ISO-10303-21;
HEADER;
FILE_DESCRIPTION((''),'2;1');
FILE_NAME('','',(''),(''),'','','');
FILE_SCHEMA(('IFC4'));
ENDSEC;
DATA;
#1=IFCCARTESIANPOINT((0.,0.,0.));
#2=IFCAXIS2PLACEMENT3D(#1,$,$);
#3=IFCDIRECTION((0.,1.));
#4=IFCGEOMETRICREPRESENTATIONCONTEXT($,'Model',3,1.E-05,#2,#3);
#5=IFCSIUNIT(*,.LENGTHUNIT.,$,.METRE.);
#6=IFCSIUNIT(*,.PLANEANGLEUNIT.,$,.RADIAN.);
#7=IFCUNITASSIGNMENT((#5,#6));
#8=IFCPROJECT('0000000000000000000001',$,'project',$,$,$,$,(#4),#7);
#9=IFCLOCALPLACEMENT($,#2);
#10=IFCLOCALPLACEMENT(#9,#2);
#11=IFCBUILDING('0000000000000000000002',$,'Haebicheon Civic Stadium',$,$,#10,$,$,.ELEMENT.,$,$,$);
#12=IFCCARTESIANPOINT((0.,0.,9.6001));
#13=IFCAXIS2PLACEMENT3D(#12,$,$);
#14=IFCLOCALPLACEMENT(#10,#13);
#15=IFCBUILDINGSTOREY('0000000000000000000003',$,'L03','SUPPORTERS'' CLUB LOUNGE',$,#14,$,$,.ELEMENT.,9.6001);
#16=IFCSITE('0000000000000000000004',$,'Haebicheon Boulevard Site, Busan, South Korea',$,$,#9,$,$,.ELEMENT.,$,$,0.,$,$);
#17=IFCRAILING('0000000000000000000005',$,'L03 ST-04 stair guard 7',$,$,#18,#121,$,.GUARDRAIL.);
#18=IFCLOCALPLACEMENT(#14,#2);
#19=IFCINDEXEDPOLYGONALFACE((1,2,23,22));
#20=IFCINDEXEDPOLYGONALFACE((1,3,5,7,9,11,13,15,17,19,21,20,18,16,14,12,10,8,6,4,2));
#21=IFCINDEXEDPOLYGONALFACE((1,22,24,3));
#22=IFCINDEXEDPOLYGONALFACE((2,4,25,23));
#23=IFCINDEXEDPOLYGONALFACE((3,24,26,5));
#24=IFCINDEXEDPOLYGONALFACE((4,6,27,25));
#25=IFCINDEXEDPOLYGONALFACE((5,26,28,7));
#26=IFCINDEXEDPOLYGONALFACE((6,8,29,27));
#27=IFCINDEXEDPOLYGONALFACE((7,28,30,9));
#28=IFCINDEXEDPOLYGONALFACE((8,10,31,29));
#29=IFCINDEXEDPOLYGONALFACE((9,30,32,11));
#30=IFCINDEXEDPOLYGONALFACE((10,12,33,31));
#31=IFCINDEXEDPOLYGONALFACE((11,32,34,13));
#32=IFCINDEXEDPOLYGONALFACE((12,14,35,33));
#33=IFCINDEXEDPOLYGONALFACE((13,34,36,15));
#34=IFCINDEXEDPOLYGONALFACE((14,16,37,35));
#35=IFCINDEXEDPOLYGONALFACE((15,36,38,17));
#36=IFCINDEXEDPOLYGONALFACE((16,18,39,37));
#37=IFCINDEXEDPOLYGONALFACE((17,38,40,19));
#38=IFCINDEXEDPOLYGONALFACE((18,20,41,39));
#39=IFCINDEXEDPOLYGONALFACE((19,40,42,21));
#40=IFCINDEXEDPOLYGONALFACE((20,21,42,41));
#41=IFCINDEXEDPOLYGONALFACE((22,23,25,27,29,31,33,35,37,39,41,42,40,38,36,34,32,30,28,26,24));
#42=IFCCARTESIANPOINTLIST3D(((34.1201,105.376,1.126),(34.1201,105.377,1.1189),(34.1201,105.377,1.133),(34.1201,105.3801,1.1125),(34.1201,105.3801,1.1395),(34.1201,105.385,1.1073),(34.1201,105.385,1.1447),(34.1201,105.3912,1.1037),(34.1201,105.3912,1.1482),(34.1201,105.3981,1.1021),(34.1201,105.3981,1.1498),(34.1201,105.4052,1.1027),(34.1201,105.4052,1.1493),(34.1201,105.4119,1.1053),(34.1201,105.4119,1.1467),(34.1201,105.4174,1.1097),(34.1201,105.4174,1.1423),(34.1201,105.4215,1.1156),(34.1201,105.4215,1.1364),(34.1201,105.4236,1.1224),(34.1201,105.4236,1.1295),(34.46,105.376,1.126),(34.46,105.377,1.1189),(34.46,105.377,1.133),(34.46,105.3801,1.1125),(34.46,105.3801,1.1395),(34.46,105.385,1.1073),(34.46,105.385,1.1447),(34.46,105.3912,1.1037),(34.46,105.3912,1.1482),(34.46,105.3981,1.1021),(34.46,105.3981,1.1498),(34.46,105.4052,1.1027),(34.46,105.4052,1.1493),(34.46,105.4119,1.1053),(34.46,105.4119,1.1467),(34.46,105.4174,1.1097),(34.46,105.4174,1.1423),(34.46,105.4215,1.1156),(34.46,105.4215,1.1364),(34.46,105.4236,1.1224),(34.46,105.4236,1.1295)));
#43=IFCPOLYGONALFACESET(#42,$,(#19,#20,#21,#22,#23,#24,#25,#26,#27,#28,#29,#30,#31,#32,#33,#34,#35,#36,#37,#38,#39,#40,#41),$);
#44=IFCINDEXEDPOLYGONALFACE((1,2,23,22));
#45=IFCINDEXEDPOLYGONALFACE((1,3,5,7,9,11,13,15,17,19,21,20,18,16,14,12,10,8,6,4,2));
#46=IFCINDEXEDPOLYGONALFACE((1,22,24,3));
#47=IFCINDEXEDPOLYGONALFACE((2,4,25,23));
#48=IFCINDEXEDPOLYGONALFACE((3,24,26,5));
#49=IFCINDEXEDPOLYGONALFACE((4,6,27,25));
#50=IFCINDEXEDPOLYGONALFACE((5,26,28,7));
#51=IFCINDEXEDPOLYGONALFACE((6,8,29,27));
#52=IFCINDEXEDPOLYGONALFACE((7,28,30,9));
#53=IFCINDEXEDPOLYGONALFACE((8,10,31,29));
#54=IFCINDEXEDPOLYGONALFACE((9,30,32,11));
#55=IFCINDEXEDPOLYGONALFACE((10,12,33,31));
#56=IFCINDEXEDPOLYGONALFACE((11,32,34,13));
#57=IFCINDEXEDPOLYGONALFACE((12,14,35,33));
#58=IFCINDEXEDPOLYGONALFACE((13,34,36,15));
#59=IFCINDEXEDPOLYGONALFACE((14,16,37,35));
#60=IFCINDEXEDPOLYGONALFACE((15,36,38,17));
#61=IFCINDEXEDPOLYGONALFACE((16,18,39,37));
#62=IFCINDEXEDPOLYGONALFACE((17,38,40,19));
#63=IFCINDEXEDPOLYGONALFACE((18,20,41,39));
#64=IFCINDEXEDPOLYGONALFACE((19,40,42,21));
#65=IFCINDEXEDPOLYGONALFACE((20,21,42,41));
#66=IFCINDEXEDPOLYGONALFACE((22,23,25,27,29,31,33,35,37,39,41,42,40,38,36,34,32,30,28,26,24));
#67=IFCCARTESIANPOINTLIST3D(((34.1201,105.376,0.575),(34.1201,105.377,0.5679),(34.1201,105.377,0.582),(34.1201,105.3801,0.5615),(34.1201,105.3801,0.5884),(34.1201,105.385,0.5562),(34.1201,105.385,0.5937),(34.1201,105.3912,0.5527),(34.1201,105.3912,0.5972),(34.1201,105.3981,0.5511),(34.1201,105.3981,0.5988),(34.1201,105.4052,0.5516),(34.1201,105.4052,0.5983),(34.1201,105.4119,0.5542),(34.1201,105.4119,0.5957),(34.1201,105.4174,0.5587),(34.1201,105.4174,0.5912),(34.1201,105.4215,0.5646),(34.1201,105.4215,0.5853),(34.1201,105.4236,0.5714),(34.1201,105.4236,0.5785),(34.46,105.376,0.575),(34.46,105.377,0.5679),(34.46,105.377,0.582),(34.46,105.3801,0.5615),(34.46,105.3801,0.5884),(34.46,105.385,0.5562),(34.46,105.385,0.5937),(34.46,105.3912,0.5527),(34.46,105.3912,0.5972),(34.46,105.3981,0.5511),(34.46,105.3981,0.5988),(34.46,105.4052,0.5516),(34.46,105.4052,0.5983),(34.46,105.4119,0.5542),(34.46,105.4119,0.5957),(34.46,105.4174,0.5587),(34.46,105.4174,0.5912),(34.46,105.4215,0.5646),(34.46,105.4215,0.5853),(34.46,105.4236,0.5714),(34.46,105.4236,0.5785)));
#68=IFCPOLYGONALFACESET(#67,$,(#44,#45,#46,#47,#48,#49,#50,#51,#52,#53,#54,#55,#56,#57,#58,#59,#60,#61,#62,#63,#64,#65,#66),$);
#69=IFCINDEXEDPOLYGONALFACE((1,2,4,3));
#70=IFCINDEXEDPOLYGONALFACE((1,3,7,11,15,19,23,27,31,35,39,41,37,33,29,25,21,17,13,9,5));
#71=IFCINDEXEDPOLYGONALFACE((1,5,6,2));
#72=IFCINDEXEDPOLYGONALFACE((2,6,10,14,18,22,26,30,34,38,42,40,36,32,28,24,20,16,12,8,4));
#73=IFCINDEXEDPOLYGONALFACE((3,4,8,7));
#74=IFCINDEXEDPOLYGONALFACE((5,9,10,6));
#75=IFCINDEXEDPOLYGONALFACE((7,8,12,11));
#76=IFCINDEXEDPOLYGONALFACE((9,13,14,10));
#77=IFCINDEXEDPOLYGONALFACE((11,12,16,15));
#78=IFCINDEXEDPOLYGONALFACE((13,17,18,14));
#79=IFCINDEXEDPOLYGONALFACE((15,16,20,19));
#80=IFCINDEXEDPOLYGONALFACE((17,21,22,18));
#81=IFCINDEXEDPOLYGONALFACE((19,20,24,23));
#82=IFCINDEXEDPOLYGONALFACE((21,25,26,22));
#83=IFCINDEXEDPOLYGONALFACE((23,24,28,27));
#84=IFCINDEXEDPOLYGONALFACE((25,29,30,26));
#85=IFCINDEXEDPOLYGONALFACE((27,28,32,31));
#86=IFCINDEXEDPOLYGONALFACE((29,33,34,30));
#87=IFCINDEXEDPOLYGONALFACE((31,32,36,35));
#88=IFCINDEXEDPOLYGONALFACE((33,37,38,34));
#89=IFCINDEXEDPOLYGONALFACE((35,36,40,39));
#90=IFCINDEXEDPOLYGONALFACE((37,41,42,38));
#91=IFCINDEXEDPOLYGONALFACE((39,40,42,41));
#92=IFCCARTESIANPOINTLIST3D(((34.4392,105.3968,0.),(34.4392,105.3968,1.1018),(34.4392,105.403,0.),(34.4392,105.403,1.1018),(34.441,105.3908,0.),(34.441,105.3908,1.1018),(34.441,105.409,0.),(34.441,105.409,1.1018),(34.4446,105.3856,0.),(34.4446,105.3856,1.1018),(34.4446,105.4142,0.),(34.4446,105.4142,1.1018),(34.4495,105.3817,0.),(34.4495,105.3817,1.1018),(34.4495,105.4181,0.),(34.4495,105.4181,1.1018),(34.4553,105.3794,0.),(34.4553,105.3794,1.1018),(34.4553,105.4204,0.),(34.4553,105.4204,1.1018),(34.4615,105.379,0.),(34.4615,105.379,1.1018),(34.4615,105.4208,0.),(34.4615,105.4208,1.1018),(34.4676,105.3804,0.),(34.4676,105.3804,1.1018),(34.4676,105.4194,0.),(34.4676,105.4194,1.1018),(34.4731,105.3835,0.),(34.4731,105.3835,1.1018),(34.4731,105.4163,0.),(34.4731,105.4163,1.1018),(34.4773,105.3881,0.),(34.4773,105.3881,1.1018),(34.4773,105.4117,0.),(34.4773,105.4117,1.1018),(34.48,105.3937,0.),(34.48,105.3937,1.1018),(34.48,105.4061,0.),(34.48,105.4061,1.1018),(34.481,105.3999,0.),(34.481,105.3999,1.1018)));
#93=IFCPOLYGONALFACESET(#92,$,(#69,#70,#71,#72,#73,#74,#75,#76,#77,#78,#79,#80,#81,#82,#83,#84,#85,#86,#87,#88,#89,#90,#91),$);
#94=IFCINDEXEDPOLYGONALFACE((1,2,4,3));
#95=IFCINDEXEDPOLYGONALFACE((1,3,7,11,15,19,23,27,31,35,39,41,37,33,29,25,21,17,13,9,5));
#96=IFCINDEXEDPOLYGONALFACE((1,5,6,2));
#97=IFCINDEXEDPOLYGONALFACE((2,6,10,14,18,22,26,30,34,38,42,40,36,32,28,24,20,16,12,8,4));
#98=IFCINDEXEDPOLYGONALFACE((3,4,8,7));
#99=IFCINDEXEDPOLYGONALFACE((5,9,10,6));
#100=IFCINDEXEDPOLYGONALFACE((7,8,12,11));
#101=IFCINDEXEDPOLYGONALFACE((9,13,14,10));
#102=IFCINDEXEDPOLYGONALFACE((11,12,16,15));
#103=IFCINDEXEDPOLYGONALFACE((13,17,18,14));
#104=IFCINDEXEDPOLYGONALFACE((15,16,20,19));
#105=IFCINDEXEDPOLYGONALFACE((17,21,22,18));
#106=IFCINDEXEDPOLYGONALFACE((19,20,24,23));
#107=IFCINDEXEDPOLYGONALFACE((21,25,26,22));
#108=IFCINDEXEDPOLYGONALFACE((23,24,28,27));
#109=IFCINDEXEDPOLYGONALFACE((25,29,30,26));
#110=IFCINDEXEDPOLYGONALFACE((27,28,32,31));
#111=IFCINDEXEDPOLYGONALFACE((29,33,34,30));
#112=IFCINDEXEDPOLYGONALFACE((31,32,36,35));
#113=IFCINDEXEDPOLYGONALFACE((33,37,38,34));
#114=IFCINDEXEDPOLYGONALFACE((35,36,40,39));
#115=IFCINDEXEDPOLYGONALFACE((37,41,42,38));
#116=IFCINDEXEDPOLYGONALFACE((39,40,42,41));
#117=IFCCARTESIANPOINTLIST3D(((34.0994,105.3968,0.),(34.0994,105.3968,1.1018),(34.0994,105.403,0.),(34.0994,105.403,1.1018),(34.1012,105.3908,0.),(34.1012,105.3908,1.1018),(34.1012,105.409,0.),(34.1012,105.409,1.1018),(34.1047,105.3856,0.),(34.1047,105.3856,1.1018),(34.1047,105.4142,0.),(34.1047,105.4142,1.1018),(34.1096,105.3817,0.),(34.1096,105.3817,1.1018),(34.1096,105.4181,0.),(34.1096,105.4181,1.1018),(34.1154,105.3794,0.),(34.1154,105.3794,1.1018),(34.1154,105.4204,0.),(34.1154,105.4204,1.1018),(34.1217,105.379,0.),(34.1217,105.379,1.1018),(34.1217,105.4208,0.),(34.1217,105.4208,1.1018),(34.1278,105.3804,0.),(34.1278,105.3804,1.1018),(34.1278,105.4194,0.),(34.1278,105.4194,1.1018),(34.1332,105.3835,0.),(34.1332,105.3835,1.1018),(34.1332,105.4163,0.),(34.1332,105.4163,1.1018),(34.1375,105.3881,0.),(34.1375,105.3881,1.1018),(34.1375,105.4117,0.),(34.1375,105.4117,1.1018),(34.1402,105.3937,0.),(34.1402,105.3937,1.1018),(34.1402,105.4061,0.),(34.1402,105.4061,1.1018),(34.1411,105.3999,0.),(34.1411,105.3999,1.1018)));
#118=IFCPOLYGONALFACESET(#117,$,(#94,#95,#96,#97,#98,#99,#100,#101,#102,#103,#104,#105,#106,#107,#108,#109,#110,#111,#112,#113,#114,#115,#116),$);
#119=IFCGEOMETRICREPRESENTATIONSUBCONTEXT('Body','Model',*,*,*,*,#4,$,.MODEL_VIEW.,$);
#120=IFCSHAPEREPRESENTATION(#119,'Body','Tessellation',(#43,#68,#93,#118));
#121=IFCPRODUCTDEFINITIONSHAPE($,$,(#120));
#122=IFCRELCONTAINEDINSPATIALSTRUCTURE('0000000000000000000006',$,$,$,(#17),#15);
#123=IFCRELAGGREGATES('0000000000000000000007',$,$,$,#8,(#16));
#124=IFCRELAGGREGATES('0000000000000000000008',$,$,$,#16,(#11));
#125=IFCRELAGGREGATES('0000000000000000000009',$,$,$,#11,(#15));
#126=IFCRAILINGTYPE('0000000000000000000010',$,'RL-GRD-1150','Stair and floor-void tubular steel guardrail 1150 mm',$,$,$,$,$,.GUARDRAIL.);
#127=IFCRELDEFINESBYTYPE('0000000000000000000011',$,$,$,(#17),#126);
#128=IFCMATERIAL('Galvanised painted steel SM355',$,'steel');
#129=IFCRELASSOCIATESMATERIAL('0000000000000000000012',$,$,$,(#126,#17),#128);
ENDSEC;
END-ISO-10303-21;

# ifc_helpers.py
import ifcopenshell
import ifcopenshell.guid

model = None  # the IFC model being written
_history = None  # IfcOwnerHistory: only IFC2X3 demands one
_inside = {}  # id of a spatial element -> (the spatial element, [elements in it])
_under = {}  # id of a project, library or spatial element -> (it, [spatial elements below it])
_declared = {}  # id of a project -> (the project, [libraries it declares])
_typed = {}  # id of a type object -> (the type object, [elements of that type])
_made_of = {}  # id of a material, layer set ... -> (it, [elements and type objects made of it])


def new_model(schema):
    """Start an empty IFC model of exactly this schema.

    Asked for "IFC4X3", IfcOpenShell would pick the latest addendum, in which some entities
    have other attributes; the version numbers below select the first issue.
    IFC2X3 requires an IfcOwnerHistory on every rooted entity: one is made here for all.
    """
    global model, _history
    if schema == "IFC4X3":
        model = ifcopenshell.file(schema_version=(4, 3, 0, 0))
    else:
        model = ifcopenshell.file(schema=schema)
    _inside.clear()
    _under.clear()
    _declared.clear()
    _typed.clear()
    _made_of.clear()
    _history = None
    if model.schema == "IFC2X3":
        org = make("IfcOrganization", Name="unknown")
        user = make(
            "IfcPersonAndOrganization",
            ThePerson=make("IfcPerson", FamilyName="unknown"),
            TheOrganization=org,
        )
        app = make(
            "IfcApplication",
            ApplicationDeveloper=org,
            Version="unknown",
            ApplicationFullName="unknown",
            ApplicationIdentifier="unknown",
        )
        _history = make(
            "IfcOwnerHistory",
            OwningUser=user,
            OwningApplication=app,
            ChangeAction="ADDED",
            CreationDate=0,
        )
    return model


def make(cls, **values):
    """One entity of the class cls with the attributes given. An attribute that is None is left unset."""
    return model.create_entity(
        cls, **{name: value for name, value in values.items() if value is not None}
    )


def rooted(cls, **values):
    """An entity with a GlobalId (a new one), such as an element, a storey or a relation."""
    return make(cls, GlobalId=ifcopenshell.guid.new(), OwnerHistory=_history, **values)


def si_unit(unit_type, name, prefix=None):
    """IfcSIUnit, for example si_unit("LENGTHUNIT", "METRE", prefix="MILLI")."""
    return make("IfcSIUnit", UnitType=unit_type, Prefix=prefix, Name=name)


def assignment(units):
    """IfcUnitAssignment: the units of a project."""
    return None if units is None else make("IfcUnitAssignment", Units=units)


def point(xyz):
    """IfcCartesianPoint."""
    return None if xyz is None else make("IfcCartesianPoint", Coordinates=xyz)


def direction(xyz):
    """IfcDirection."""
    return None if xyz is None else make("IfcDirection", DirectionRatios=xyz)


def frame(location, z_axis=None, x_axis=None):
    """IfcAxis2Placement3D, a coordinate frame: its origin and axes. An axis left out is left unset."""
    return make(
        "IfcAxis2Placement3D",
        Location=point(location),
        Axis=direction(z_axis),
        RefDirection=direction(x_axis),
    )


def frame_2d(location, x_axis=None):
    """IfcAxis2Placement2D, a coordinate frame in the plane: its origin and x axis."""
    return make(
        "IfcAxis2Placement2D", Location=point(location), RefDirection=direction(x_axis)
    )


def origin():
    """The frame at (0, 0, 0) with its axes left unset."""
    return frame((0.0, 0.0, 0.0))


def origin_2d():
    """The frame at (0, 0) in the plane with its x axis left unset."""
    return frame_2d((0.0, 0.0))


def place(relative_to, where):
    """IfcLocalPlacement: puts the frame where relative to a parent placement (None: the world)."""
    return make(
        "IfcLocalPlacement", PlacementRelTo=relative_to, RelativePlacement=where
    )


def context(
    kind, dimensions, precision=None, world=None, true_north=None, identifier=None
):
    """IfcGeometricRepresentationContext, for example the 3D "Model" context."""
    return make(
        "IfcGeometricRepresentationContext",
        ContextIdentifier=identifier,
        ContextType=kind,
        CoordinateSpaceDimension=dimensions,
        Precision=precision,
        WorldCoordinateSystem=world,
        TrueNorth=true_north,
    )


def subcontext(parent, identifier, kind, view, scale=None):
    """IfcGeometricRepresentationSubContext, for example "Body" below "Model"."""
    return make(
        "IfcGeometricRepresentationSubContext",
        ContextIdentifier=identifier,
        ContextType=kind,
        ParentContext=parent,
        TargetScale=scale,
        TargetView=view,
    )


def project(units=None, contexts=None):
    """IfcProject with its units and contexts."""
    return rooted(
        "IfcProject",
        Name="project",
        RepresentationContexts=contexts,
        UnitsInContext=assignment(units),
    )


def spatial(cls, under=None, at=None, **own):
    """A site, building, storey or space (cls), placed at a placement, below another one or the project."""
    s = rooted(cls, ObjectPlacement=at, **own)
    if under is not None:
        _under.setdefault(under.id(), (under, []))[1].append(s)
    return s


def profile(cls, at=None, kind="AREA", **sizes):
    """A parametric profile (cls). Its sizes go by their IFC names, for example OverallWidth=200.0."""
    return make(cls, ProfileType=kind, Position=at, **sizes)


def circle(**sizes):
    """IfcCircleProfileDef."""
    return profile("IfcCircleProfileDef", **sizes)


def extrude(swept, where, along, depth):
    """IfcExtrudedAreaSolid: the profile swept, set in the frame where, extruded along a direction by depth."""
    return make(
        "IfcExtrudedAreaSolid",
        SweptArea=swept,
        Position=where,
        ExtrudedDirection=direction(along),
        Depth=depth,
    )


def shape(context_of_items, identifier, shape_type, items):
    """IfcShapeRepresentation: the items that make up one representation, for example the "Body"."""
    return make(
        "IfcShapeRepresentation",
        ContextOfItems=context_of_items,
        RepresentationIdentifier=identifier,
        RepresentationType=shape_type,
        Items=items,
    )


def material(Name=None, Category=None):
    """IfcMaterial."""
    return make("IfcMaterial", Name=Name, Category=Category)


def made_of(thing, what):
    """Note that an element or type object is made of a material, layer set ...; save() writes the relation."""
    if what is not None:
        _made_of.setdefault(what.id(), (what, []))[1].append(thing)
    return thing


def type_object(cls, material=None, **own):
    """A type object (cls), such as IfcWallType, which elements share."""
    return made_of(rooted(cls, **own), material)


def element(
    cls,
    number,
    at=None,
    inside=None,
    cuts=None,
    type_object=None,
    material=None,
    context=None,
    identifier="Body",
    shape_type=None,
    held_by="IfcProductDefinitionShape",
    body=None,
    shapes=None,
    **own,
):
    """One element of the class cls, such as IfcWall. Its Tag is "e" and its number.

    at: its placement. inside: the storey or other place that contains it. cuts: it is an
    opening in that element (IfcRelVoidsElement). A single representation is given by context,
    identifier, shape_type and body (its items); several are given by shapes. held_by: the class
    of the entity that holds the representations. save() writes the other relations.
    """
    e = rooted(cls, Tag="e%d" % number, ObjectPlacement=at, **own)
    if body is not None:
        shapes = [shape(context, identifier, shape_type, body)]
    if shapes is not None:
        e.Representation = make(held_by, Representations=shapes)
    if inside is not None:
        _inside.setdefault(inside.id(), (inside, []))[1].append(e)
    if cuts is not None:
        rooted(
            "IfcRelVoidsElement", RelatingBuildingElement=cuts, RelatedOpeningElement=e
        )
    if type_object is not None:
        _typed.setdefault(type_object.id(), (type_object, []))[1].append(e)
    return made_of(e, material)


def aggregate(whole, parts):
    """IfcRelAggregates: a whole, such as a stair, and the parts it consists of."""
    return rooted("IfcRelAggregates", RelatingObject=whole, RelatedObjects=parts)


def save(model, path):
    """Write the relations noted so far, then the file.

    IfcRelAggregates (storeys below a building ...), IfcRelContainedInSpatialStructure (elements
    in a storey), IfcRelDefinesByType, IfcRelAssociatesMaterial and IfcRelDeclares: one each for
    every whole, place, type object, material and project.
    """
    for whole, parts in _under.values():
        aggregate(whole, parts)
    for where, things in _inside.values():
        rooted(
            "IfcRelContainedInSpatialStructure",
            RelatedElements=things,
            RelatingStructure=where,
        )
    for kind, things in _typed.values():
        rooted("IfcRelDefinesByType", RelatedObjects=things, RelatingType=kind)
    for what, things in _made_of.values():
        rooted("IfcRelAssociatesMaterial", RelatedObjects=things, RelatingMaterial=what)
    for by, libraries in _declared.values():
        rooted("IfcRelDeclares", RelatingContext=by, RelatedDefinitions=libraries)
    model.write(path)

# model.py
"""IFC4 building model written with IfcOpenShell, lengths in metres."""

from ifc_helpers import new_model, si_unit, direction, frame, origin, origin_2d, place, context, subcontext, project, spatial, circle, extrude, material, type_object, element, save


model = new_model("IFC4")

# Units and contexts
model_context = context("Model", 3, precision=1e-05, world=origin(), true_north=direction((0.0, 1.0)))
body_context = subcontext(model_context, "Body", "Model", "MODEL_VIEW")
ifc_project = project(units=[si_unit("LENGTHUNIT", "METRE"), si_unit("PLANEANGLEUNIT", "RADIAN")], contexts=[model_context])

# Site, building, storey
site_placement = place(None, origin())
site = spatial("IfcSite", under=ifc_project, at=site_placement, Name="Haebicheon Boulevard Site, Busan, South Korea", CompositionType="ELEMENT", RefElevation=0.0)
building_placement = place(site_placement, origin())
building = spatial("IfcBuilding", under=site, at=building_placement, Name="Haebicheon Civic Stadium", CompositionType="ELEMENT")
storey_placement = place(building_placement, frame((0.0, 0.0, 9.6001)))
storey = spatial("IfcBuildingStorey", under=building, at=storey_placement, Name="L03", Description="SUPPORTERS' CLUB LOUNGE", CompositionType="ELEMENT", Elevation=9.6001)

# Railing
ifc_material_1 = material(Name="Galvanised painted steel SM355", Category="steel")
railing_type_1 = type_object("IfcRailingType", Name="RL-GRD-1150", Description="Stair and floor-void tubular steel guardrail 1150 mm", PredefinedType="GUARDRAIL", material=ifc_material_1)
railing_1_placement = place(storey_placement, frame((34.46, 105.3999, 0.0)))
element("IfcRailing", 1, at=railing_1_placement, inside=storey, type_object=railing_type_1, material=ifc_material_1, Name="L03 ST-04 stair guard 7", PredefinedType="GUARDRAIL", context=body_context, shape_type="SweptSolid", body=[
    extrude(circle(Radius=0.0239, at=origin_2d()), frame((0.0, 0.0, 1.126), z_axis=(-1.0, 0.0, 0.0), x_axis=(0.0, -1.0, 0.0)), (0.0, 0.0, 1.0), 0.3398),
    extrude(circle(Radius=0.0239, at=origin_2d()), frame((0.0, 0.0, 0.575), z_axis=(-1.0, 0.0, 0.0), x_axis=(0.0, -1.0, 0.0)), (0.0, 0.0, 1.0), 0.3398),
    extrude(circle(Radius=0.021, at=origin_2d()), origin(), (0.0, 0.0, 1.0), 1.1018),
    extrude(circle(Radius=0.021, at=origin_2d()), frame((-0.3398, 0.0, 0.0)), (0.0, 0.0, 1.0), 1.1018),
])

save(model, "model.ifc")
